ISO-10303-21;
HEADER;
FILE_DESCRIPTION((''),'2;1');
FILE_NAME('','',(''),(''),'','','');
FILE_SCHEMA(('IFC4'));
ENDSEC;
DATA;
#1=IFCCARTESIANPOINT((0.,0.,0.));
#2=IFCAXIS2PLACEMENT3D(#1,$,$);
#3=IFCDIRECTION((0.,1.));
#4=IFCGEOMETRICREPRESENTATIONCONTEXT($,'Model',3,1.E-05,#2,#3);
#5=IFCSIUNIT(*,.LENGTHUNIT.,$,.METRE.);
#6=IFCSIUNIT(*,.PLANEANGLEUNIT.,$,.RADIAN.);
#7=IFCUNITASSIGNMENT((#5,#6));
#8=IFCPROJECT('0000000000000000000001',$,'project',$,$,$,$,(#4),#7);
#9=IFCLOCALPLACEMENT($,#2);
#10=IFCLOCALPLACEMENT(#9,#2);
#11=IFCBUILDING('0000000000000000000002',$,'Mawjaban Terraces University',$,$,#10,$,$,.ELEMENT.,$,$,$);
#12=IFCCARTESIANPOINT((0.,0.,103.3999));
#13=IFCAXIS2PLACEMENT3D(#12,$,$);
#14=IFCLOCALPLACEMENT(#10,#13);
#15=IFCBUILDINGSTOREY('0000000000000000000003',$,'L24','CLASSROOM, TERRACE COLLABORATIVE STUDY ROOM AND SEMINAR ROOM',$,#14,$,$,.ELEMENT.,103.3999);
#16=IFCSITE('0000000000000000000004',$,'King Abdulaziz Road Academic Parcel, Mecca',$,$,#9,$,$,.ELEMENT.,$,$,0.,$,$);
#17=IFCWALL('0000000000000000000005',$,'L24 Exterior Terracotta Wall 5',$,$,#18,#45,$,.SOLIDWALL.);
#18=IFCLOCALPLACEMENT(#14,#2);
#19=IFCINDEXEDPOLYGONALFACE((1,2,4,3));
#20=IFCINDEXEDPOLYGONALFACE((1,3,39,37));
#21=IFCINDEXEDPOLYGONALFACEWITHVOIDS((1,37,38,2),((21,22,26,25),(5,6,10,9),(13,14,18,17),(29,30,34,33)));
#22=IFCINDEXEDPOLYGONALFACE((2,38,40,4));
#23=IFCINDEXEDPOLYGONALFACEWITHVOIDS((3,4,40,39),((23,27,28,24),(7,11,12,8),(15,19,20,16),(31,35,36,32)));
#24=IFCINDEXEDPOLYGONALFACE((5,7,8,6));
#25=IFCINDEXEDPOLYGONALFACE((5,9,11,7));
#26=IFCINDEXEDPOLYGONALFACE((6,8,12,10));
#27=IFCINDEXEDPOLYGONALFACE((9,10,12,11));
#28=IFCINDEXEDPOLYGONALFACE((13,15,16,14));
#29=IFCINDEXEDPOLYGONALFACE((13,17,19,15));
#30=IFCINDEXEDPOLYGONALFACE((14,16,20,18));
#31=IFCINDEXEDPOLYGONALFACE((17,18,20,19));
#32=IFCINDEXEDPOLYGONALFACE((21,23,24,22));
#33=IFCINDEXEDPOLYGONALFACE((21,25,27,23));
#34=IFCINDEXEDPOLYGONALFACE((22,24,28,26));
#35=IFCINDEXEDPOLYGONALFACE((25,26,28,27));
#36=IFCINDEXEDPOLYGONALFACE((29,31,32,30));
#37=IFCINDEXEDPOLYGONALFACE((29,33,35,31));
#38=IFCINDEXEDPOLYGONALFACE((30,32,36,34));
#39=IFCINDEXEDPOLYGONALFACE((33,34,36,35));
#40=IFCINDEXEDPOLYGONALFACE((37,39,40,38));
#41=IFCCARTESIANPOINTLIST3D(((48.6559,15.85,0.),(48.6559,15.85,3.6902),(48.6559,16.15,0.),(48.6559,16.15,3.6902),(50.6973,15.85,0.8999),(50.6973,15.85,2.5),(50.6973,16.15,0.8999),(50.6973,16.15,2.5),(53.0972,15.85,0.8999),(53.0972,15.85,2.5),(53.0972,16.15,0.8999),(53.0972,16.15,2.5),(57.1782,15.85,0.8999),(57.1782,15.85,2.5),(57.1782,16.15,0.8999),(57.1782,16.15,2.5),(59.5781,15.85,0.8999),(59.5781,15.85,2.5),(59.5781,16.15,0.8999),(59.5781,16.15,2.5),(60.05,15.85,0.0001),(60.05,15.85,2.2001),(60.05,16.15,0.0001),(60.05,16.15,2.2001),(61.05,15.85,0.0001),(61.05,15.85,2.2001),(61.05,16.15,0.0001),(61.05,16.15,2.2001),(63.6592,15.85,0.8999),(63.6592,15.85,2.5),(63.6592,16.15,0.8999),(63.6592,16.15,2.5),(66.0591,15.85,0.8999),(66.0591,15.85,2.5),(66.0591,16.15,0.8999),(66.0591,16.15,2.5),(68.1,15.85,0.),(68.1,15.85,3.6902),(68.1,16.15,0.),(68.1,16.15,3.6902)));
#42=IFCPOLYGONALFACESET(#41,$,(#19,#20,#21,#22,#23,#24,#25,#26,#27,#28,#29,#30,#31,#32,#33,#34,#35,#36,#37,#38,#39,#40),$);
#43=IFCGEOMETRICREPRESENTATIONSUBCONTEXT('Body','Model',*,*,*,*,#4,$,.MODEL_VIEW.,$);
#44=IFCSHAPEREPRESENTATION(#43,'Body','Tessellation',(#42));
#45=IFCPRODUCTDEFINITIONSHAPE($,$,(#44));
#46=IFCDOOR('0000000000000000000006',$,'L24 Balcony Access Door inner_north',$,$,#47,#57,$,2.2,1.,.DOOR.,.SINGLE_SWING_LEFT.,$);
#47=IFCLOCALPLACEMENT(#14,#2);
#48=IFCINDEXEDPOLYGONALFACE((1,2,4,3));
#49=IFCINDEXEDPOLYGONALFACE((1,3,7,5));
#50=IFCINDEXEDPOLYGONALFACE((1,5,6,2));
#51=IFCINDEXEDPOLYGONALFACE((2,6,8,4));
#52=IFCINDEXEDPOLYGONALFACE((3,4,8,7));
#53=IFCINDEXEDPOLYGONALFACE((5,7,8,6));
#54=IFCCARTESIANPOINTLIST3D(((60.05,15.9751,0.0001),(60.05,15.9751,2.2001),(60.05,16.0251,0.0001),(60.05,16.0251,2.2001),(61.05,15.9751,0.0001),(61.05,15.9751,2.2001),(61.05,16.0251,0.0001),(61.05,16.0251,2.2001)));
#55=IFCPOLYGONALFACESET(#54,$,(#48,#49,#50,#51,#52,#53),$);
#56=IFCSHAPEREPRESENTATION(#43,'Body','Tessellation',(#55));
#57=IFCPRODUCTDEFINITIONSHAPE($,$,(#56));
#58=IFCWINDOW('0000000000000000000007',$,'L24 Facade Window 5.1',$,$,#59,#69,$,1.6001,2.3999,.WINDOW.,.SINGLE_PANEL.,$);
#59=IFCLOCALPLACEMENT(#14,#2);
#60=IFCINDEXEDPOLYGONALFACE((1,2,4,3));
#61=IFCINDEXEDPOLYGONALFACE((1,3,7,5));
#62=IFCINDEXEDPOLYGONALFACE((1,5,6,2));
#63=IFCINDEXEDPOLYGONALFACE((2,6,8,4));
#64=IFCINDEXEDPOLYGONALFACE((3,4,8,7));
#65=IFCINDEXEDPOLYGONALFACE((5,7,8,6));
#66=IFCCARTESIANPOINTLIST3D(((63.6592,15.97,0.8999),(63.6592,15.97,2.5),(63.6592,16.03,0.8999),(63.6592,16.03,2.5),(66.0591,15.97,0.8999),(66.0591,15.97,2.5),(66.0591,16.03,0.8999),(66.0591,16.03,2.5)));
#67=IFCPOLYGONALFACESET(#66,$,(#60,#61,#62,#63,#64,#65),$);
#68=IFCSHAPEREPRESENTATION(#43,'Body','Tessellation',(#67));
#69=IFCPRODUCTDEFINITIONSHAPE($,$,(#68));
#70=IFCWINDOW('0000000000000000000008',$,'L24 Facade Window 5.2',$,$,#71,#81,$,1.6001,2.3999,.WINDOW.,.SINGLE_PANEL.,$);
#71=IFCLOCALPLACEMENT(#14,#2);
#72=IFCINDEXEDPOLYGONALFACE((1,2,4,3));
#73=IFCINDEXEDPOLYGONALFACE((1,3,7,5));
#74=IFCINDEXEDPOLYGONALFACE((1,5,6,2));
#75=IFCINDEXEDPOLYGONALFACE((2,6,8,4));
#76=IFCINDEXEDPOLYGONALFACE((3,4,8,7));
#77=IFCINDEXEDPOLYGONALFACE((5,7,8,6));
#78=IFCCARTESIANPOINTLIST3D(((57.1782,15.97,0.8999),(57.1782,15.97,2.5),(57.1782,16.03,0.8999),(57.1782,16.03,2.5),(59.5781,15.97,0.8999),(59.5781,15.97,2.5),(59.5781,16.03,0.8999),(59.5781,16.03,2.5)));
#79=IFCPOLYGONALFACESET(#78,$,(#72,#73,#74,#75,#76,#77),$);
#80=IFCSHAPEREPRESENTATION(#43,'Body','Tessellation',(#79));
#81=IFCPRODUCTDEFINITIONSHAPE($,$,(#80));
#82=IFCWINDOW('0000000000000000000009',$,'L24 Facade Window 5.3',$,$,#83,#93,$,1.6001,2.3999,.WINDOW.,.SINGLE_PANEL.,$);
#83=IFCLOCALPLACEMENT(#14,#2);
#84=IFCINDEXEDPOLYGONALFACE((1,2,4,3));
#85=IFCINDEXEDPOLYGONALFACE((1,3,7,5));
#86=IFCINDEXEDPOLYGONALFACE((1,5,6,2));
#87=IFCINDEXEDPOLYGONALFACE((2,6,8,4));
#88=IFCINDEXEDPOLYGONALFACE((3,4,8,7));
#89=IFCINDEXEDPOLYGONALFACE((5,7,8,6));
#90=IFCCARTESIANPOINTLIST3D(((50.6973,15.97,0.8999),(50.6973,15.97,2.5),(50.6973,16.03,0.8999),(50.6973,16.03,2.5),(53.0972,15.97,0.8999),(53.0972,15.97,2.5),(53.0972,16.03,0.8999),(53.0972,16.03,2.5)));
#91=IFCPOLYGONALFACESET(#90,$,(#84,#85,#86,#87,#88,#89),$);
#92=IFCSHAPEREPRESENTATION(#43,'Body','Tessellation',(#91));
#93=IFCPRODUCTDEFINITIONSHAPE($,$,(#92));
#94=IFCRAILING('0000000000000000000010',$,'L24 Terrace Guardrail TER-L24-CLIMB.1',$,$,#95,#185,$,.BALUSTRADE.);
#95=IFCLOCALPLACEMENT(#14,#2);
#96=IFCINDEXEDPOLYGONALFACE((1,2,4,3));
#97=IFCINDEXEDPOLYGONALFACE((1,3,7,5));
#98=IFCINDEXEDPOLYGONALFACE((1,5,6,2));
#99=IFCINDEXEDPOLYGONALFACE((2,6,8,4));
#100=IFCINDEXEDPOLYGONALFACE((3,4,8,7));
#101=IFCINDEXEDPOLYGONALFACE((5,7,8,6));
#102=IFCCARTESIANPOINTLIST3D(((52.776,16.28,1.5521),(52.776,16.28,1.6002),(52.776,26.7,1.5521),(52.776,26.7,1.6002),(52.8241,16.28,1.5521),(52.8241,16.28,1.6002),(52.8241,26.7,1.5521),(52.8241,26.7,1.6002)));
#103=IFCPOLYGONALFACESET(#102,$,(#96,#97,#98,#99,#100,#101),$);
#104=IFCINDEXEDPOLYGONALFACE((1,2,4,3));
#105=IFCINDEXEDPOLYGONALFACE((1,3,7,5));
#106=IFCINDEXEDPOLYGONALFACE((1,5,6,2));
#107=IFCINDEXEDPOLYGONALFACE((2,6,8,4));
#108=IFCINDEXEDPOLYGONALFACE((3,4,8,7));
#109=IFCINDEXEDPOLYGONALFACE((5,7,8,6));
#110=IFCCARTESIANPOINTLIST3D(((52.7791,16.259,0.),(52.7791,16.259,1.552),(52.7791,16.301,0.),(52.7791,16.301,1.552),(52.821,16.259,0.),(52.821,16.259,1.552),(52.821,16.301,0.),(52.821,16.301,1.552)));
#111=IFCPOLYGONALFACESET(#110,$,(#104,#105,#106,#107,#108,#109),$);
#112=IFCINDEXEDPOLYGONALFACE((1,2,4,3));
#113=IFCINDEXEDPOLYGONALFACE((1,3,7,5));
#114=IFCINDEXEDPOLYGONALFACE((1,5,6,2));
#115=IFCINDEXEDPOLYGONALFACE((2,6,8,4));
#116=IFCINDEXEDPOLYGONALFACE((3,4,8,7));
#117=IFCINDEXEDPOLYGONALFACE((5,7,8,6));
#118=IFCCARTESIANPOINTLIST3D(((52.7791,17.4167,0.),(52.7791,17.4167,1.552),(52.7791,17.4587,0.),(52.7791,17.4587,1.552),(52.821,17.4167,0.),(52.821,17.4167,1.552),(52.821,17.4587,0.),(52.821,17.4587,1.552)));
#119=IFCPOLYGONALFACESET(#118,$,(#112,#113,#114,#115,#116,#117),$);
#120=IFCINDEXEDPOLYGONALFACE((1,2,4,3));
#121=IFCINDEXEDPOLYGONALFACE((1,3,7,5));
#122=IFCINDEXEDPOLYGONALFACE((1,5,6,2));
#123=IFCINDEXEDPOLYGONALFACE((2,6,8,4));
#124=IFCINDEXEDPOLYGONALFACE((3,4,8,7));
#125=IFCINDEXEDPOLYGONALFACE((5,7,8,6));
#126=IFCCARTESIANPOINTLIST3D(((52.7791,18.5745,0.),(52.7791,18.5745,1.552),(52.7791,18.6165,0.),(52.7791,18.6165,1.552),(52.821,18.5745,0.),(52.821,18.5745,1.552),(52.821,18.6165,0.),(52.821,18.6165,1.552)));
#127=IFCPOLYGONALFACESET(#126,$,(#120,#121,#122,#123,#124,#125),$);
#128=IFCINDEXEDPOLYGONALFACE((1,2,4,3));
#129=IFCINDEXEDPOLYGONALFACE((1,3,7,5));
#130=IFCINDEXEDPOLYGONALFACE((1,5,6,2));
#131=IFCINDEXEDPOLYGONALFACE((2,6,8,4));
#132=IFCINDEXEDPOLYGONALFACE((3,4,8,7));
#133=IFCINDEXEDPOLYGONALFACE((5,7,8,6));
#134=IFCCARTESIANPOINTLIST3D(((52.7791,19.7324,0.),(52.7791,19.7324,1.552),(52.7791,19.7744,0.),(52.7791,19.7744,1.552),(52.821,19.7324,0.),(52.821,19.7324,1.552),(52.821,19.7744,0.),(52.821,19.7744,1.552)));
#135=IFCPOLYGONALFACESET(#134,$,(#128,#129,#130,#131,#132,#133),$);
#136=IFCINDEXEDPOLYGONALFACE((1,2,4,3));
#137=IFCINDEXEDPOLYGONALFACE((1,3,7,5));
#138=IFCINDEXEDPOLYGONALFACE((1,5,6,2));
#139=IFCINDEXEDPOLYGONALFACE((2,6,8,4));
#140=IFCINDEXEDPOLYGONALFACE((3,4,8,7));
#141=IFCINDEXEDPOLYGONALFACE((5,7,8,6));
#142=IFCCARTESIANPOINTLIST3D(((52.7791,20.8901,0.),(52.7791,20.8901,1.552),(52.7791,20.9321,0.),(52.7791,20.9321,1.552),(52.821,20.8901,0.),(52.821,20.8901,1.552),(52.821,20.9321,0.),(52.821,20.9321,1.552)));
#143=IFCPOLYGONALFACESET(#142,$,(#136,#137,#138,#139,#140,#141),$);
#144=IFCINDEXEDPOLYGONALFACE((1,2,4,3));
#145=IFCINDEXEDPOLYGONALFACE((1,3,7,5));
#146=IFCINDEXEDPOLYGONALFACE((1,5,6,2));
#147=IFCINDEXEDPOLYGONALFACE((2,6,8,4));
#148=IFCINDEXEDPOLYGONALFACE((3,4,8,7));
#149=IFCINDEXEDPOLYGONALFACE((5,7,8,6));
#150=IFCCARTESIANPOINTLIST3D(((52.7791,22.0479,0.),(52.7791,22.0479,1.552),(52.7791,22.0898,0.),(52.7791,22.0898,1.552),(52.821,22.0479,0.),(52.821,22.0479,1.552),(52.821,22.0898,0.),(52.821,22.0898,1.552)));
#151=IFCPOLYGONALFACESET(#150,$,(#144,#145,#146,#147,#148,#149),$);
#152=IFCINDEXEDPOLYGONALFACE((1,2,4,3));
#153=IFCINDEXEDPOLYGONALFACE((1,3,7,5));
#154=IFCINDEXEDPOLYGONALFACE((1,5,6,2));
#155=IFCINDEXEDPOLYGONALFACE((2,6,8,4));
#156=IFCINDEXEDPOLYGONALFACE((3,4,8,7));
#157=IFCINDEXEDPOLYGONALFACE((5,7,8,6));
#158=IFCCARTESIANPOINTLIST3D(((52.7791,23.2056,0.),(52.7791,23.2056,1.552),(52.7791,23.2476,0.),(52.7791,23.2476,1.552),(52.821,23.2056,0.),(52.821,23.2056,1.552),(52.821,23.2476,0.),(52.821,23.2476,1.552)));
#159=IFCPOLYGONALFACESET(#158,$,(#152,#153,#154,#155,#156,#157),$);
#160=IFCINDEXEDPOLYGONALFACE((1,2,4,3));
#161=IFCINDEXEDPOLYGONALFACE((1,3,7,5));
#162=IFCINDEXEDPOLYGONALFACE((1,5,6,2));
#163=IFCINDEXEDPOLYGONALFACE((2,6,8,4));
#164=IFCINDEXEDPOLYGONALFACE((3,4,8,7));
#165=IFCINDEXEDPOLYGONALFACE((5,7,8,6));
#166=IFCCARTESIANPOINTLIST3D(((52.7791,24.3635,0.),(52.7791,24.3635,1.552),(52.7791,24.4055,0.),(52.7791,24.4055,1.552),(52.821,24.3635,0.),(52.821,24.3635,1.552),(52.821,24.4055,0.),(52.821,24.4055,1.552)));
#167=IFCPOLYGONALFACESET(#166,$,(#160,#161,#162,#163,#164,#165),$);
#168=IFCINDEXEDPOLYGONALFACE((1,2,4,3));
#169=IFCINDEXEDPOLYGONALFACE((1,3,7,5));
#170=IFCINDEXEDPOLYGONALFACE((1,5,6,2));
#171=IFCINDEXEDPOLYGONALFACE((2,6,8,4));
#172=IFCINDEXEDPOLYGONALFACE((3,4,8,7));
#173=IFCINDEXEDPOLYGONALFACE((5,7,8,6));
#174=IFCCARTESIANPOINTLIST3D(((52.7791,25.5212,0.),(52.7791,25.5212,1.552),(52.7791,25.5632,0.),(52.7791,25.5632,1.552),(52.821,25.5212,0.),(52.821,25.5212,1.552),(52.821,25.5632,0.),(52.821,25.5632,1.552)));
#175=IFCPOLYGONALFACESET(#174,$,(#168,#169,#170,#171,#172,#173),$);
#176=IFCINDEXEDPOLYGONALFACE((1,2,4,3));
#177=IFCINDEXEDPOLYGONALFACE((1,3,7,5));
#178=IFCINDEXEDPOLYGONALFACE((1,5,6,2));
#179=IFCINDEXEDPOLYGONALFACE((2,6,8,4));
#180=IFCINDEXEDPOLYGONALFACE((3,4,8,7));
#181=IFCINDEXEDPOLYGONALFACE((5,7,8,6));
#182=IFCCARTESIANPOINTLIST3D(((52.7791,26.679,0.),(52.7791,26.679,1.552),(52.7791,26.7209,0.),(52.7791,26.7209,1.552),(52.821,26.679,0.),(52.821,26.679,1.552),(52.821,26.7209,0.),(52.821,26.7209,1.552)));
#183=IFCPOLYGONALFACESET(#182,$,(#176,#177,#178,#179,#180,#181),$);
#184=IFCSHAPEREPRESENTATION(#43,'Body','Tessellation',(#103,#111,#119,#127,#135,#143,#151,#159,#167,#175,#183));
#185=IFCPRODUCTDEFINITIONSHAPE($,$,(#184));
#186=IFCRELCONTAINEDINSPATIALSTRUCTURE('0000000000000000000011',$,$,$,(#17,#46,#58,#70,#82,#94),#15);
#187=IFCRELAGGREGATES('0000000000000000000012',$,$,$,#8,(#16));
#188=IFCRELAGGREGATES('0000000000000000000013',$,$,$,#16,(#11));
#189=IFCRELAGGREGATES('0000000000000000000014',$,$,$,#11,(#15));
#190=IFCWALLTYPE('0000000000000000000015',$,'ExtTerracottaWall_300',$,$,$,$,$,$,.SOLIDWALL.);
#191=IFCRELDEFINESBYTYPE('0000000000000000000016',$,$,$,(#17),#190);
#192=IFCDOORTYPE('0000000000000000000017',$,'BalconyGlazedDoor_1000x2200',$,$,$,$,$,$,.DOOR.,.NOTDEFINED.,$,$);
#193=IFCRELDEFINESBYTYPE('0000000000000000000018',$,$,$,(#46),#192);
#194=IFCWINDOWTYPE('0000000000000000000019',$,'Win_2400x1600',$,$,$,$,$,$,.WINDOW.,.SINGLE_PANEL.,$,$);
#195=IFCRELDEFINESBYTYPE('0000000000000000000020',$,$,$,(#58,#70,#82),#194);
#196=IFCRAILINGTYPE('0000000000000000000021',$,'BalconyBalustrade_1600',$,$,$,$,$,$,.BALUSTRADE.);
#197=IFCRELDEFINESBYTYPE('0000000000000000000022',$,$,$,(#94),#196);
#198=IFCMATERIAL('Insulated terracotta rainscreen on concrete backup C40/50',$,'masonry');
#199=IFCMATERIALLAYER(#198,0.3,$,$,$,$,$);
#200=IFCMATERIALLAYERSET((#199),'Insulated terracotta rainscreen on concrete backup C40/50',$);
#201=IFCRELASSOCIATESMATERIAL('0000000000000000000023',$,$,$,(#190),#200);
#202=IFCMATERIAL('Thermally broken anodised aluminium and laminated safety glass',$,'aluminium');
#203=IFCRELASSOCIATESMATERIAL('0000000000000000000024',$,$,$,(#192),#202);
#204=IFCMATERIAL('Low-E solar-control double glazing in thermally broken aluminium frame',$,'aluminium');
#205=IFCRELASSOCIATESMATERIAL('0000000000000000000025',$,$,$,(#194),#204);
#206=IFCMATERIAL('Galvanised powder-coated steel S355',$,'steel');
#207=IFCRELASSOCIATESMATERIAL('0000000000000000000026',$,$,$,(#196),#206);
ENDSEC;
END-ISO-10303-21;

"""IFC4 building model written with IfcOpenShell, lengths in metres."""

from ifc_helpers import new_model, si_unit, direction, frame, frame_2d, origin, origin_2d, place, context, subcontext, project, spatial, rectangle, extrude, material, layer, layer_set, type_object, element, fill, save


model = new_model("IFC4")

# Units and contexts
model_context = context("Model", 3, precision=1e-05, world=origin(), true_north=direction((0.0, 1.0)))
body_context = subcontext(model_context, "Body", "Model", "MODEL_VIEW")
ifc_project = project(units=[si_unit("LENGTHUNIT", "METRE"), si_unit("PLANEANGLEUNIT", "RADIAN")], contexts=[model_context])

# Site, building, storey
site_placement = place(None, origin())
site = spatial("IfcSite", under=ifc_project, at=site_placement, Name="King Abdulaziz Road Academic Parcel, Mecca", CompositionType="ELEMENT", RefElevation=0.0)
building_placement = place(site_placement, origin())
building = spatial("IfcBuilding", under=site, at=building_placement, Name="Mawjaban Terraces University", CompositionType="ELEMENT")
storey_placement = place(building_placement, frame((0.0, 0.0, 103.3999)))
storey = spatial("IfcBuildingStorey", under=building, at=storey_placement, Name="L24", Description="CLASSROOM, TERRACE COLLABORATIVE STUDY ROOM AND SEMINAR ROOM", CompositionType="ELEMENT", Elevation=103.3999)

# Wall, openings, door, windows
ifc_material_1 = material(Name="Insulated terracotta rainscreen on concrete backup C40/50", Category="masonry")
ifc_layer_1 = layer(ifc_material_1, 0.3)
ifc_layer_set_1 = layer_set([ifc_layer_1], Name="Insulated terracotta rainscreen on concrete backup C40/50")
wall_type = type_object("IfcWallType", Name="ExtTerracottaWall_300", PredefinedType="SOLIDWALL", material=ifc_layer_set_1)
wall_placement = place(storey_placement, frame((68.1001, 16.0, 0.0), z_axis=(0.0, 0.0, 1.0), x_axis=(-1.0, 0.0, 0.0)))
wall = element("IfcWall", 1, at=wall_placement, inside=storey, type_object=wall_type, Name="L24 Exterior Terracotta Wall 5", PredefinedType="SOLIDWALL", context=body_context, shape_type="SweptSolid", body=[
    extrude(rectangle(XDim=19.4441, YDim=0.3, at=frame_2d((9.7222, 0.0))), origin(), (0.0, 0.0, 1.0), 3.6902),
])
opening_1_placement = place(wall_placement, frame((7.05, 0.0, 0.0)))
opening_1 = element("IfcOpeningElement", 2, at=opening_1_placement, cuts=wall, PredefinedType="OPENING", context=body_context, shape_type="SweptSolid", body=[
    extrude(rectangle(XDim=1.0, YDim=2.2, at=frame_2d((0.5, 1.1001))), frame((0.0, 0.1599, 0.0), z_axis=(0.0, -1.0, 0.0), x_axis=(1.0, 0.0, 0.0)), (0.0, 0.0, 1.0), 0.3201),
])
opening_2_placement = place(wall_placement, frame((2.041, 0.0, 0.8999)))
opening_2 = element("IfcOpeningElement", 3, at=opening_2_placement, cuts=wall, PredefinedType="OPENING", context=body_context, shape_type="SweptSolid", body=[
    extrude(rectangle(XDim=2.3999, YDim=1.6001, at=frame_2d((1.2, 0.8))), frame((0.0, 0.1599, 0.0), z_axis=(0.0, -1.0, 0.0), x_axis=(1.0, 0.0, 0.0)), (0.0, 0.0, 1.0), 0.3201),
])
opening_3_placement = place(wall_placement, frame((8.522, 0.0, 0.8999)))
opening_3 = element("IfcOpeningElement", 4, at=opening_3_placement, cuts=wall, PredefinedType="OPENING", context=body_context, shape_type="SweptSolid", body=[
    extrude(rectangle(XDim=2.3999, YDim=1.6001, at=frame_2d((1.2, 0.8))), frame((0.0, 0.1599, 0.0), z_axis=(0.0, -1.0, 0.0), x_axis=(1.0, 0.0, 0.0)), (0.0, 0.0, 1.0), 0.3201),
])
opening_4_placement = place(wall_placement, frame((15.0029, 0.0, 0.8999)))
opening_4 = element("IfcOpeningElement", 5, at=opening_4_placement, cuts=wall, PredefinedType="OPENING", context=body_context, shape_type="SweptSolid", body=[
    extrude(rectangle(XDim=2.3999, YDim=1.6001, at=frame_2d((1.2, 0.8))), frame((0.0, 0.1599, 0.0), z_axis=(0.0, -1.0, 0.0), x_axis=(1.0, 0.0, 0.0)), (0.0, 0.0, 1.0), 0.3201),
])
ifc_material_2 = material(Name="Thermally broken anodised aluminium and laminated safety glass", Category="aluminium")
door_type = type_object("IfcDoorType", Name="BalconyGlazedDoor_1000x2200", OperationType="NOTDEFINED", PredefinedType="DOOR", material=ifc_material_2)
door_placement = place(opening_1_placement, origin())
door = element("IfcDoor", 6, at=door_placement, inside=storey, type_object=door_type, Name="L24 Balcony Access Door inner_north", OperationType="SINGLE_SWING_LEFT", OverallHeight=2.2, OverallWidth=1.0, PredefinedType="DOOR", context=body_context, shape_type="SweptSolid", body=[
    extrude(rectangle(XDim=1.0, YDim=2.2, at=frame_2d((0.5, 1.1001))), frame((0.0, 0.0249, 0.0), z_axis=(0.0, -1.0, 0.0), x_axis=(1.0, 0.0, 0.0)), (0.0, 0.0, 1.0), 0.05),
])
fill(opening_1, door)
ifc_material_3 = material(Name="Low-E solar-control double glazing in thermally broken aluminium frame", Category="aluminium")
window_type = type_object("IfcWindowType", Name="Win_2400x1600", PartitioningType="SINGLE_PANEL", PredefinedType="WINDOW", material=ifc_material_3)
window_1_placement = place(opening_2_placement, origin())
window_1 = element("IfcWindow", 7, at=window_1_placement, inside=storey, type_object=window_type, Name="L24 Facade Window 5.1", OverallHeight=1.6001, OverallWidth=2.3999, PartitioningType="SINGLE_PANEL", PredefinedType="WINDOW", context=body_context, shape_type="SweptSolid", body=[
    extrude(rectangle(XDim=2.3999, YDim=1.6001, at=frame_2d((1.2, 0.8))), frame((0.0, 0.03, 0.0), z_axis=(0.0, -1.0, 0.0), x_axis=(1.0, 0.0, 0.0)), (0.0, 0.0, 1.0), 0.0601),
])
fill(opening_2, window_1)
window_2_placement = place(opening_3_placement, origin())
window_2 = element("IfcWindow", 8, at=window_2_placement, inside=storey, type_object=window_type, Name="L24 Facade Window 5.2", OverallHeight=1.6001, OverallWidth=2.3999, PartitioningType="SINGLE_PANEL", PredefinedType="WINDOW", context=body_context, shape_type="SweptSolid", body=[
    extrude(rectangle(XDim=2.3999, YDim=1.6001, at=frame_2d((1.2, 0.8))), frame((0.0, 0.03, 0.0), z_axis=(0.0, -1.0, 0.0), x_axis=(1.0, 0.0, 0.0)), (0.0, 0.0, 1.0), 0.0601),
])
fill(opening_3, window_2)
window_3_placement = place(opening_4_placement, origin())
window_3 = element("IfcWindow", 9, at=window_3_placement, inside=storey, type_object=window_type, Name="L24 Facade Window 5.3", OverallHeight=1.6001, OverallWidth=2.3999, PartitioningType="SINGLE_PANEL", PredefinedType="WINDOW", context=body_context, shape_type="SweptSolid", body=[
    extrude(rectangle(XDim=2.3999, YDim=1.6001, at=frame_2d((1.2, 0.8))), frame((0.0, 0.03, 0.0), z_axis=(0.0, -1.0, 0.0), x_axis=(1.0, 0.0, 0.0)), (0.0, 0.0, 1.0), 0.0601),
])
fill(opening_4, window_3)

# Railing
ifc_material_4 = material(Name="Galvanised powder-coated steel S355", Category="steel")
railing_type = type_object("IfcRailingType", Name="BalconyBalustrade_1600", PredefinedType="BALUSTRADE", material=ifc_material_4)
railing_1_placement = place(storey_placement, frame((52.8, 16.28, 0.0)))
element("IfcRailing", 10, at=railing_1_placement, inside=storey, type_object=railing_type, Name="L24 Terrace Guardrail TER-L24-CLIMB.1", PredefinedType="BALUSTRADE", context=body_context, shape_type="SweptSolid", body=[
    extrude(rectangle(XDim=0.0481, YDim=0.0481, at=origin_2d()), frame((0.0, 0.0, 1.5762), z_axis=(0.0, 1.0, 0.0), x_axis=(-1.0, 0.0, 0.0)), (0.0, 0.0, 1.0), 10.4199),
    extrude(rectangle(XDim=0.042, YDim=0.042, at=origin_2d()), origin(), (0.0, 0.0, 1.0), 1.552),
    extrude(rectangle(XDim=0.042, YDim=0.042, at=origin_2d()), frame((0.0, 1.1577, 0.0)), (0.0, 0.0, 1.0), 1.552),
    extrude(rectangle(XDim=0.042, YDim=0.042, at=origin_2d()), frame((0.0, 2.3154, 0.0)), (0.0, 0.0, 1.0), 1.552),
    extrude(rectangle(XDim=0.042, YDim=0.042, at=origin_2d()), frame((0.0, 3.4734, 0.0)), (0.0, 0.0, 1.0), 1.552),
    extrude(rectangle(XDim=0.042, YDim=0.042, at=origin_2d()), frame((0.0, 4.6311, 0.0)), (0.0, 0.0, 1.0), 1.552),
    extrude(rectangle(XDim=0.042, YDim=0.042, at=origin_2d()), frame((0.0, 5.7888, 0.0)), (0.0, 0.0, 1.0), 1.552),
    extrude(rectangle(XDim=0.042, YDim=0.042, at=origin_2d()), frame((0.0, 6.9465, 0.0)), (0.0, 0.0, 1.0), 1.552),
    extrude(rectangle(XDim=0.042, YDim=0.042, at=origin_2d()), frame((0.0, 8.1045, 0.0)), (0.0, 0.0, 1.0), 1.552),
    extrude(rectangle(XDim=0.042, YDim=0.042, at=origin_2d()), frame((0.0, 9.2622, 0.0)), (0.0, 0.0, 1.0), 1.552),
    extrude(rectangle(XDim=0.042, YDim=0.042, at=origin_2d()), frame((0.0, 10.4199, 0.0)), (0.0, 0.0, 1.0), 1.552),
])

save(model, "model.ifc")
